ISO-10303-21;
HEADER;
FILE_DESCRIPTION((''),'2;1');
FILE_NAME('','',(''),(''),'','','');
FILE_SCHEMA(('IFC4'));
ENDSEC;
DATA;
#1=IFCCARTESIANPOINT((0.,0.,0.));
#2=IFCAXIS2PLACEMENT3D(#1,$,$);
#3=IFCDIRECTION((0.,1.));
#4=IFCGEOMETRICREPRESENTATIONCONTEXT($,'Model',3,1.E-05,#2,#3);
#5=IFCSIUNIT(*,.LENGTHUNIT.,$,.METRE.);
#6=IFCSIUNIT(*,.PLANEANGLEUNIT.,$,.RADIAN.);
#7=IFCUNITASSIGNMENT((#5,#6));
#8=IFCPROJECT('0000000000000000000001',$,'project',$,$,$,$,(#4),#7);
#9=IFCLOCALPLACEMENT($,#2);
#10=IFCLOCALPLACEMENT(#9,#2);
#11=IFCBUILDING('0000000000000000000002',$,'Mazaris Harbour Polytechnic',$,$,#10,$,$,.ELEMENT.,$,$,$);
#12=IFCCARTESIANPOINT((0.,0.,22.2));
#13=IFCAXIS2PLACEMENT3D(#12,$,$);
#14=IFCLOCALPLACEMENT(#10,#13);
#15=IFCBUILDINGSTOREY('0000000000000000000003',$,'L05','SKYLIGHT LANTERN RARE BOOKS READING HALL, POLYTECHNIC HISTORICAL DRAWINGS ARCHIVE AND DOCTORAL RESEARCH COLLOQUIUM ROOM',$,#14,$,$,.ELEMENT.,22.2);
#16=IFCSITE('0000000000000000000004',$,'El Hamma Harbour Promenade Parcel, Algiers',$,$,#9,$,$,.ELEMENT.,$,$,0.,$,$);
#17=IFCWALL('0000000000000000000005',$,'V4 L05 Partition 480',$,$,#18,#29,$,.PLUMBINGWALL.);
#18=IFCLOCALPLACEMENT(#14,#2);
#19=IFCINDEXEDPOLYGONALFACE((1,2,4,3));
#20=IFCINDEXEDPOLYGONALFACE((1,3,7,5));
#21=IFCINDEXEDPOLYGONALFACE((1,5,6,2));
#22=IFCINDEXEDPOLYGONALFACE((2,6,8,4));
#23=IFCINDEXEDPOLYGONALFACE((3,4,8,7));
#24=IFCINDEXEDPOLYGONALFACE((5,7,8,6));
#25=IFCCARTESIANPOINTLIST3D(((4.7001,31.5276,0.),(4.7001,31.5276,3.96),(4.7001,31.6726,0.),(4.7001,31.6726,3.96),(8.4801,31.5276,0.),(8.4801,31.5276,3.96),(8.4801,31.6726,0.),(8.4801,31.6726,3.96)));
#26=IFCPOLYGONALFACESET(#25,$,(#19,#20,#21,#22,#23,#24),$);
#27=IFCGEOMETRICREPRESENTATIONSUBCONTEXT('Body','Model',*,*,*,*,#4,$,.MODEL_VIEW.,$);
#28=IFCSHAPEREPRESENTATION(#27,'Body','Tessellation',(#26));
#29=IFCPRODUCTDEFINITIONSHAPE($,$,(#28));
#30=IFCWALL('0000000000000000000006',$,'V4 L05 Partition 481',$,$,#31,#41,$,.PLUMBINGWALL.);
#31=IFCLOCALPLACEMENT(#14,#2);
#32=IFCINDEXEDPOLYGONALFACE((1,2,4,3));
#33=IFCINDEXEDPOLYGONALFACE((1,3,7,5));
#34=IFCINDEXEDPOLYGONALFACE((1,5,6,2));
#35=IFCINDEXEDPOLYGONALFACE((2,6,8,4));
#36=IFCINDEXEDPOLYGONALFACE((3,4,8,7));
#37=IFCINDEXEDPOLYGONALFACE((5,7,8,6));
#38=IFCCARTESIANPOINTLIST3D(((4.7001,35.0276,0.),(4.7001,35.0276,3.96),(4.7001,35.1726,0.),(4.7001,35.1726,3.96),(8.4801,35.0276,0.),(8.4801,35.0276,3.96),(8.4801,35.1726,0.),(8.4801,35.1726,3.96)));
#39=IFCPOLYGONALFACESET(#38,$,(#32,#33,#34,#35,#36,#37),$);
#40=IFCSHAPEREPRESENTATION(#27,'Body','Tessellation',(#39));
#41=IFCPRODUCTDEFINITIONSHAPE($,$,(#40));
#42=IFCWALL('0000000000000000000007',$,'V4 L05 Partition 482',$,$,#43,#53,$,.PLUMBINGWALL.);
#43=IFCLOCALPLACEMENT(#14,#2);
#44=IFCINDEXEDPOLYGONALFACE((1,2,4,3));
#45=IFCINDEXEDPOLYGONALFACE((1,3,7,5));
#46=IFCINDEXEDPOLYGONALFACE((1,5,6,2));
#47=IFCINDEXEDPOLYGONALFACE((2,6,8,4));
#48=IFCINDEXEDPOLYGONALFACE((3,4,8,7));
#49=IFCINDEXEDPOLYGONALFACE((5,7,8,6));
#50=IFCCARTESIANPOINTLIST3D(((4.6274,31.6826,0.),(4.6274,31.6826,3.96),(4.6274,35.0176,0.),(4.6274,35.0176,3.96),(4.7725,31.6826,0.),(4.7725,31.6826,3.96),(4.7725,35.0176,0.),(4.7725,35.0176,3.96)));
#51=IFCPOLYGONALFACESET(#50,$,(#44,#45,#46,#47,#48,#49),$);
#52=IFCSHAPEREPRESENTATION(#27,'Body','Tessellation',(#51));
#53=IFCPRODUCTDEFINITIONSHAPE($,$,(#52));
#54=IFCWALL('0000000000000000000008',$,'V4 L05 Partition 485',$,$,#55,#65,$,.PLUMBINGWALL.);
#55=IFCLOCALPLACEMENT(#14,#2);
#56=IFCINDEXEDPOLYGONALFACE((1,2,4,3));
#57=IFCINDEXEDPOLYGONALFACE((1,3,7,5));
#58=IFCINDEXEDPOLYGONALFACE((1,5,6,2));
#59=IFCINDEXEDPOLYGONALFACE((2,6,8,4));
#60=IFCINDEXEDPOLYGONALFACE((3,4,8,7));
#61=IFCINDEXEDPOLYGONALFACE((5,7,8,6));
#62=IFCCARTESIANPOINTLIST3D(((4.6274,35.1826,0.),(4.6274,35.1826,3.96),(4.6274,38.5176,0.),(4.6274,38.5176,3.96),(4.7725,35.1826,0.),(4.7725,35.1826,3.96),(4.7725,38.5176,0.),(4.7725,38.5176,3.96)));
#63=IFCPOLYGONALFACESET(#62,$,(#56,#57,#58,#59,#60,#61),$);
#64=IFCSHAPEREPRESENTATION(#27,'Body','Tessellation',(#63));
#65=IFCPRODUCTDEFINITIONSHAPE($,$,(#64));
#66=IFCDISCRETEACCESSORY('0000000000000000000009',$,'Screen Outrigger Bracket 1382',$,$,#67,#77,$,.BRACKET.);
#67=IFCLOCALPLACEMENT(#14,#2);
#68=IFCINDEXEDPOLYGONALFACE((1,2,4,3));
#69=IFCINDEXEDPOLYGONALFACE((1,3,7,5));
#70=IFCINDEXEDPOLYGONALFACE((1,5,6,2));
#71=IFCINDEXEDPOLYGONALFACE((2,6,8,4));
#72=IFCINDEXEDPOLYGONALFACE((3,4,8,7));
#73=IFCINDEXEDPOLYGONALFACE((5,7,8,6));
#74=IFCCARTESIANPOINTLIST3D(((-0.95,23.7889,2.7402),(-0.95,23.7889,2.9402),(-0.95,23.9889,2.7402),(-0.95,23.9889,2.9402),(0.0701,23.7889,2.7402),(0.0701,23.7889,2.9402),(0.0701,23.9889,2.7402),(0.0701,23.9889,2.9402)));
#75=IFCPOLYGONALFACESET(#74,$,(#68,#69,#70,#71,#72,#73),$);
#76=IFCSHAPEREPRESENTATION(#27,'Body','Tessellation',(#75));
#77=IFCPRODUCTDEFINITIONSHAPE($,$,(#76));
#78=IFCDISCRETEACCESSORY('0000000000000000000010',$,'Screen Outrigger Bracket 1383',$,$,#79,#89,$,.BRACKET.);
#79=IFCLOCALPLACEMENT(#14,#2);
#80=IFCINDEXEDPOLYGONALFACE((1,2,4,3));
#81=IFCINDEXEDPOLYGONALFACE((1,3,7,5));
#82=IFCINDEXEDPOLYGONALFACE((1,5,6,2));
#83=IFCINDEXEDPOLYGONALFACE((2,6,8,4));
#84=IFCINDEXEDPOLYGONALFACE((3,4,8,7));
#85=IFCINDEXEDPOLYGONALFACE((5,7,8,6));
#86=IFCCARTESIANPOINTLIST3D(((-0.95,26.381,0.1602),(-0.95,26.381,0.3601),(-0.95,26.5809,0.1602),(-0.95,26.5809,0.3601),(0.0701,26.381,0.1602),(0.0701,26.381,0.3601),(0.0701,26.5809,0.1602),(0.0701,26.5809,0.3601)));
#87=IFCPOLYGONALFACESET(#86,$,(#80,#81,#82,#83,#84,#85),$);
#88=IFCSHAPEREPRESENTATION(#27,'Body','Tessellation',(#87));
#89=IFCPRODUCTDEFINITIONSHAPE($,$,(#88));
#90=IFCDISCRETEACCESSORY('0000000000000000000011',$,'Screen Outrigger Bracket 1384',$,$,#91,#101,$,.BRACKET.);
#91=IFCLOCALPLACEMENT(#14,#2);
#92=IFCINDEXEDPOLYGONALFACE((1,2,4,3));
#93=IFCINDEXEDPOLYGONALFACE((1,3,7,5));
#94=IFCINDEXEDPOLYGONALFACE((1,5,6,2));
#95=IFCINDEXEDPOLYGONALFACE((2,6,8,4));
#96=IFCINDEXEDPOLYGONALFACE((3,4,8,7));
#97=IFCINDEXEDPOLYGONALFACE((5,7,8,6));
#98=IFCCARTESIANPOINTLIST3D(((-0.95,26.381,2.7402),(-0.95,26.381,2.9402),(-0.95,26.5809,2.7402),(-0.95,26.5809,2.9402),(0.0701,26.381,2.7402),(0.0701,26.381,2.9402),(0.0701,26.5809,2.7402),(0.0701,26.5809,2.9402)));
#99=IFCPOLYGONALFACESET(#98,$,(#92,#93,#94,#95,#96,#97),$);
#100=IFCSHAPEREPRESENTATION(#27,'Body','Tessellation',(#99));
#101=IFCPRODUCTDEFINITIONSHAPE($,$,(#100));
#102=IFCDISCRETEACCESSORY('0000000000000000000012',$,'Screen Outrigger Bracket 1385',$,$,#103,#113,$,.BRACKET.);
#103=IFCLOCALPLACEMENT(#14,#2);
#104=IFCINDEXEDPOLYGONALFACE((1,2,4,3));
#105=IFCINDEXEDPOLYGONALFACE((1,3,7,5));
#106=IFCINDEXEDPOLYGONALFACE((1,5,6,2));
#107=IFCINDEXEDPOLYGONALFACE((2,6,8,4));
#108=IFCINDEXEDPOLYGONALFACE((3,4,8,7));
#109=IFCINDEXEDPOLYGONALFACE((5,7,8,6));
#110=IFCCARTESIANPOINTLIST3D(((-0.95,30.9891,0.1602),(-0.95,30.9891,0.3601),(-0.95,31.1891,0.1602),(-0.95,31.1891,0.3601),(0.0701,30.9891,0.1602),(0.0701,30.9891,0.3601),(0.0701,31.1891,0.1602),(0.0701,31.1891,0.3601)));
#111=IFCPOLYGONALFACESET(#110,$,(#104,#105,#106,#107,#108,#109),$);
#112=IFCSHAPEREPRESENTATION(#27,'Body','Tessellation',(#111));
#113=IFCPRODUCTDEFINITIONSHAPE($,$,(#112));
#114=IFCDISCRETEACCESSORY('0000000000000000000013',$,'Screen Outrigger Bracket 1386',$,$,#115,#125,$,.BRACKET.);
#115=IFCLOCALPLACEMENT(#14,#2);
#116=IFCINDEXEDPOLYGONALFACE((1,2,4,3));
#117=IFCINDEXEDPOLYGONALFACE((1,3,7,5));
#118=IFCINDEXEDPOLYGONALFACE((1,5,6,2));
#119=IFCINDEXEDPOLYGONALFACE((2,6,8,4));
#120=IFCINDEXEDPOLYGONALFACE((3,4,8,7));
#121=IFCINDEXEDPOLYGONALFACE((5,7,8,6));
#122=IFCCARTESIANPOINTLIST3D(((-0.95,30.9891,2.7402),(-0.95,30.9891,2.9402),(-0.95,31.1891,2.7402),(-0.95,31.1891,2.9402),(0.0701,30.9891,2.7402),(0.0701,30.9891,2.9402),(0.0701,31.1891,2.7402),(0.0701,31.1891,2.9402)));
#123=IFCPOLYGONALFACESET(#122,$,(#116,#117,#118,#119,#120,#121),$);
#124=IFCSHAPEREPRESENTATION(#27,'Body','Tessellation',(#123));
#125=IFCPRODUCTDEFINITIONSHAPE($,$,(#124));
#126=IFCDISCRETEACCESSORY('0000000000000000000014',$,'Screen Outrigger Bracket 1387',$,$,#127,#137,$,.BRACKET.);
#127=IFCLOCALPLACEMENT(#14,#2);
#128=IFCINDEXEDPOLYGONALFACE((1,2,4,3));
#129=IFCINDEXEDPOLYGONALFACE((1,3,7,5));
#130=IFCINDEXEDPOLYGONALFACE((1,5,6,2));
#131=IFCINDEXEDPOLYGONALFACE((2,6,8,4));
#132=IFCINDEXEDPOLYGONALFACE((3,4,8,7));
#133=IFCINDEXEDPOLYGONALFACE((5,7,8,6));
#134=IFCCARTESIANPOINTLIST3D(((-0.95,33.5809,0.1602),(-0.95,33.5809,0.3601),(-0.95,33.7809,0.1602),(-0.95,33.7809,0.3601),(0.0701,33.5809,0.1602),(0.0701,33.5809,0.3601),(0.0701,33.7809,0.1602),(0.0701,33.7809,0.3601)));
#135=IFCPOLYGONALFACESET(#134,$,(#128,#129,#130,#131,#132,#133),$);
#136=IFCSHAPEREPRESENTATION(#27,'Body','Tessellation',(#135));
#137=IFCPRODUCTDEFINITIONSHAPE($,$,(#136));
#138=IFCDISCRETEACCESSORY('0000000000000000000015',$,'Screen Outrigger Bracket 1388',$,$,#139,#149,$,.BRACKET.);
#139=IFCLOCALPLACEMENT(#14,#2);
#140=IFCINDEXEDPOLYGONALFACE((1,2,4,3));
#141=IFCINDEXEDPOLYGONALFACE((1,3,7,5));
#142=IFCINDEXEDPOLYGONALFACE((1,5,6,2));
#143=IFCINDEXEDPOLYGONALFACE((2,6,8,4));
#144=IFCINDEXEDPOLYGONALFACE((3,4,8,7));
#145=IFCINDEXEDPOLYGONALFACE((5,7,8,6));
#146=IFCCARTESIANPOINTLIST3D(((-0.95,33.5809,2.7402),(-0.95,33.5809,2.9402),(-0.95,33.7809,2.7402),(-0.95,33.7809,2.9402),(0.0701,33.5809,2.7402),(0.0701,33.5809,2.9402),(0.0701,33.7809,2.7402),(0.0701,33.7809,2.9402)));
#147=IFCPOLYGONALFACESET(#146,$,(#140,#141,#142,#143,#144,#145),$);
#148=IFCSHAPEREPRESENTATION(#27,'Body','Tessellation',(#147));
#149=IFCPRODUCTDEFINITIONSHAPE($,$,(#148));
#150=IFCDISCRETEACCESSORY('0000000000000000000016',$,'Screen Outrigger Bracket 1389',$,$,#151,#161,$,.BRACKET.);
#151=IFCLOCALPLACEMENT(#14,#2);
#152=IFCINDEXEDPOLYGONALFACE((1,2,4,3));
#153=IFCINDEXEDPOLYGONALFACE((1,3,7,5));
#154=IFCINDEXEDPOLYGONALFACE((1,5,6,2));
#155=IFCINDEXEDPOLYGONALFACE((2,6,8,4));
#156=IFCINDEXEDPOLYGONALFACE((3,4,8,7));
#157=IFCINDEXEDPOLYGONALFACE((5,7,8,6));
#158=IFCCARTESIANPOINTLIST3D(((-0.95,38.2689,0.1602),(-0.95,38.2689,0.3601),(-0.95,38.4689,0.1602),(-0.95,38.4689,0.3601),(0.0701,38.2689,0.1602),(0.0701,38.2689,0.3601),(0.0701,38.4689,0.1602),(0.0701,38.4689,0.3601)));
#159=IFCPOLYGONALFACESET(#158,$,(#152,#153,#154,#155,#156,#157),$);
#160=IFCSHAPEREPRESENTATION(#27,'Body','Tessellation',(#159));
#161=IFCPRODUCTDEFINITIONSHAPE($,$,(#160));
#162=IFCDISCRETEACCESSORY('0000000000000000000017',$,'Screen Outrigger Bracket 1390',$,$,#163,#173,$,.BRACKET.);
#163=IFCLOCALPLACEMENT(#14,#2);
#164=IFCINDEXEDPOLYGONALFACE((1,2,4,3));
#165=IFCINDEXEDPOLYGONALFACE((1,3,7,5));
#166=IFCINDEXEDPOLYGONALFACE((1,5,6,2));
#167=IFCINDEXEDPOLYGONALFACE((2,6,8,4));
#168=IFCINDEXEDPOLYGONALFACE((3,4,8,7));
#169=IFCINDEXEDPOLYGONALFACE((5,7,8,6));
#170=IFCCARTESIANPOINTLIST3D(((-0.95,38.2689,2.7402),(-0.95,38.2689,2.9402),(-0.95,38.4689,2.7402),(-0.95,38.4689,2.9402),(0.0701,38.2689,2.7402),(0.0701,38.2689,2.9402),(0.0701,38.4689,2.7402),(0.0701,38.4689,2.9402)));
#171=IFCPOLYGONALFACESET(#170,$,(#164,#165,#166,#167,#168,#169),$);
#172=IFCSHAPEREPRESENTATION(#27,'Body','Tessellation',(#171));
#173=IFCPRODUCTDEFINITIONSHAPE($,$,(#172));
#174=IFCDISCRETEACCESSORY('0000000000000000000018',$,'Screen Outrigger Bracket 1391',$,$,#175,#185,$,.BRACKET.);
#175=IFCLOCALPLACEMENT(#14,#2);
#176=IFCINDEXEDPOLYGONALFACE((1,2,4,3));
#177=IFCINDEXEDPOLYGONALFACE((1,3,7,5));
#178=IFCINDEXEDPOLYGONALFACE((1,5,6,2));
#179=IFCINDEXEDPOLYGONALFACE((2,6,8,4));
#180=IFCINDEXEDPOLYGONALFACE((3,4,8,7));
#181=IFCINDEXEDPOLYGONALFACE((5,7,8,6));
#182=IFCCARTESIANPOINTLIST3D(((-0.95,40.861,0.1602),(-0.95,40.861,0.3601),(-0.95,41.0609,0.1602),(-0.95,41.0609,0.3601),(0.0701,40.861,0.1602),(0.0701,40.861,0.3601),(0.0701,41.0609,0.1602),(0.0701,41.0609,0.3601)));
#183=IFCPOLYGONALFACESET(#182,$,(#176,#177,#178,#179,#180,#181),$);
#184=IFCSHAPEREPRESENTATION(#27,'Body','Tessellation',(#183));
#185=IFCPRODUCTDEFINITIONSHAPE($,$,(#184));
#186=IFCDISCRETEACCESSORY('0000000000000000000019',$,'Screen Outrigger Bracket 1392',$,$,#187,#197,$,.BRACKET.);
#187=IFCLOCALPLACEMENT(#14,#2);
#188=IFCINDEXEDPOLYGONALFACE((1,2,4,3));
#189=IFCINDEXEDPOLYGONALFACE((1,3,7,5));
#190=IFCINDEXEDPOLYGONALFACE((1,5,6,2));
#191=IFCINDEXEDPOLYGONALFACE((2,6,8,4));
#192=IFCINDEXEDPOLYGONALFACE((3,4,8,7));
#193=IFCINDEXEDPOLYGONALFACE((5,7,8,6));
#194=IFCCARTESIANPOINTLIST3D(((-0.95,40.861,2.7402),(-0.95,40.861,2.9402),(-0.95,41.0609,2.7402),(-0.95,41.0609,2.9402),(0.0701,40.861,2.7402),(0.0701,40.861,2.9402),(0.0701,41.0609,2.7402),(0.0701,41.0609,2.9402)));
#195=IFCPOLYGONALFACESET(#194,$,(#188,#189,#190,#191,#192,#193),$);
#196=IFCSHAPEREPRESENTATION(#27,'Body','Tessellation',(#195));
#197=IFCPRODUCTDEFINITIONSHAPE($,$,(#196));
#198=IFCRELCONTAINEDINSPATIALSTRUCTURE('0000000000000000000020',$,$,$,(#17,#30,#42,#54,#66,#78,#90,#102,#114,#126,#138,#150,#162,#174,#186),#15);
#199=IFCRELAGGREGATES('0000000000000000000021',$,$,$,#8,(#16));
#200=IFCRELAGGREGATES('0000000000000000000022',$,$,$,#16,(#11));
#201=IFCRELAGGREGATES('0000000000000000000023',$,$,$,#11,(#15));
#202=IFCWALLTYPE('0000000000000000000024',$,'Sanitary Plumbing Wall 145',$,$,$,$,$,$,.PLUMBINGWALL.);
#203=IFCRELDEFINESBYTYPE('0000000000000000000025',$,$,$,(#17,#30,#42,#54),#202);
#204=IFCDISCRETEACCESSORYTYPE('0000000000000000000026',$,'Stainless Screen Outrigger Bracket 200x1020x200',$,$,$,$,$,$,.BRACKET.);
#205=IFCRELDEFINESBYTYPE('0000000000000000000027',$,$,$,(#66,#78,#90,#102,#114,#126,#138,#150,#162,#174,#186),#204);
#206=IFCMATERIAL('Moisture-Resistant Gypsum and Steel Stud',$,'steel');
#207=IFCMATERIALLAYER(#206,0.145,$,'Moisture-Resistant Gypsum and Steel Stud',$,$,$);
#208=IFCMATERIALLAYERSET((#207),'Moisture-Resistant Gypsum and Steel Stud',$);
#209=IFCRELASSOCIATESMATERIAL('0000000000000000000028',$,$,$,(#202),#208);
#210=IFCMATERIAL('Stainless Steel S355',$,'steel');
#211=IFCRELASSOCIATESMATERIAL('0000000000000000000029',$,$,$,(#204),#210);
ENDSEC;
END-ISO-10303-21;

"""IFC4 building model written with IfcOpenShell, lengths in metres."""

from ifc_helpers import new_model, si_unit, direction, frame, frame_2d, origin, origin_2d, place, context, subcontext, project, spatial, rectangle, extrude, material, layer, layer_set, type_object, element, save


model = new_model("IFC4")

# Units and contexts
model_context = context("Model", 3, precision=1e-05, world=origin(), true_north=direction((0.0, 1.0)))
body_context = subcontext(model_context, "Body", "Model", "MODEL_VIEW")
ifc_project = project(units=[si_unit("LENGTHUNIT", "METRE"), si_unit("PLANEANGLEUNIT", "RADIAN")], contexts=[model_context])

# Site, building, storey
site_placement = place(None, origin())
site = spatial("IfcSite", under=ifc_project, at=site_placement, Name="El Hamma Harbour Promenade Parcel, Algiers", CompositionType="ELEMENT", RefElevation=0.0)
building_placement = place(site_placement, origin())
building = spatial("IfcBuilding", under=site, at=building_placement, Name="Mazaris Harbour Polytechnic", CompositionType="ELEMENT")
storey_placement = place(building_placement, frame((0.0, 0.0, 22.2)))
storey = spatial("IfcBuildingStorey", under=building, at=storey_placement, Name="L05", Description="SKYLIGHT LANTERN RARE BOOKS READING HALL, POLYTECHNIC HISTORICAL DRAWINGS ARCHIVE AND DOCTORAL RESEARCH COLLOQUIUM ROOM", CompositionType="ELEMENT", Elevation=22.2)

# Walls
ifc_material_1 = material(Name="Moisture-Resistant Gypsum and Steel Stud", Category="steel")
ifc_layer_1 = layer(ifc_material_1, 0.145, Name="Moisture-Resistant Gypsum and Steel Stud")
ifc_layer_set_1 = layer_set([ifc_layer_1], Name="Moisture-Resistant Gypsum and Steel Stud")
wall_type_1 = type_object("IfcWallType", Name="Sanitary Plumbing Wall 145", PredefinedType="PLUMBINGWALL", material=ifc_layer_set_1)
for number, where, z_axis, x_axis, name in (
    (1, (4.7, 31.6001, 0.0), (0.0, 0.0, 1.0), (1.0, 0.0, 0.0), "V4 L05 Partition 480"),
    (2, (4.7, 35.1001, 0.0), (0.0, 0.0, 1.0), (1.0, 0.0, 0.0), "V4 L05 Partition 481"),
):
    element("IfcWall", number, at=place(storey_placement, frame(where, z_axis=z_axis, x_axis=x_axis)), inside=storey, type_object=wall_type_1, Name=name, PredefinedType="PLUMBINGWALL", context=body_context, shape_type="SweptSolid", body=[
        extrude(rectangle(XDim=3.78, YDim=0.145, at=frame_2d((1.8901, 0.0))), origin(), (0.0, 0.0, 1.0), 3.96),
    ])
for number, where, z_axis, x_axis, name in (
    (3, (4.7, 31.6826, 0.0), (0.0, 0.0, 1.0), (0.0, 1.0, 0.0), "V4 L05 Partition 482"),
    (4, (4.7, 35.1826, 0.0), (0.0, 0.0, 1.0), (0.0, 1.0, 0.0), "V4 L05 Partition 485"),
):
    element("IfcWall", number, at=place(storey_placement, frame(where, z_axis=z_axis, x_axis=x_axis)), inside=storey, type_object=wall_type_1, Name=name, PredefinedType="PLUMBINGWALL", context=body_context, shape_type="SweptSolid", body=[
        extrude(rectangle(XDim=3.335, YDim=0.145, at=frame_2d((1.6675, 0.0))), origin(), (0.0, 0.0, 1.0), 3.96),
    ])

# Discrete accessories
ifc_material_2 = material(Name="Stainless Steel S355", Category="steel")
discrete_accessory_type = type_object("IfcDiscreteAccessoryType", Name="Stainless Screen Outrigger Bracket 200x1020x200", PredefinedType="BRACKET", material=ifc_material_2)
for number, where, z_axis, x_axis, name in (
    (5, (-0.4399, 23.8889, 2.7402), (0.0, 0.0, 1.0), (0.0, 1.0, 0.0), "Screen Outrigger Bracket 1382"),
    (6, (-0.4399, 26.481, 0.1602), (0.0, 0.0, 1.0), (0.0, 1.0, 0.0), "Screen Outrigger Bracket 1383"),
    (7, (-0.4399, 26.481, 2.7402), (0.0, 0.0, 1.0), (0.0, 1.0, 0.0), "Screen Outrigger Bracket 1384"),
    (8, (-0.4399, 31.0891, 0.1602), (0.0, 0.0, 1.0), (0.0, 1.0, 0.0), "Screen Outrigger Bracket 1385"),
    (9, (-0.4399, 31.0891, 2.7402), (0.0, 0.0, 1.0), (0.0, 1.0, 0.0), "Screen Outrigger Bracket 1386"),
    (10, (-0.4399, 33.6809, 0.1602), (0.0, 0.0, 1.0), (0.0, 1.0, 0.0), "Screen Outrigger Bracket 1387"),
    (11, (-0.4399, 33.6809, 2.7402), (0.0, 0.0, 1.0), (0.0, 1.0, 0.0), "Screen Outrigger Bracket 1388"),
    (12, (-0.4399, 38.3689, 0.1602), (0.0, 0.0, 1.0), (0.0, 1.0, 0.0), "Screen Outrigger Bracket 1389"),
    (13, (-0.4399, 38.3689, 2.7402), (0.0, 0.0, 1.0), (0.0, 1.0, 0.0), "Screen Outrigger Bracket 1390"),
    (14, (-0.4399, 40.9609, 0.1602), (0.0, 0.0, 1.0), (0.0, 1.0, 0.0), "Screen Outrigger Bracket 1391"),
    (15, (-0.4399, 40.9609, 2.7402), (0.0, 0.0, 1.0), (0.0, 1.0, 0.0), "Screen Outrigger Bracket 1392"),
):
    element("IfcDiscreteAccessory", number, at=place(storey_placement, frame(where, z_axis=z_axis, x_axis=x_axis)), inside=storey, type_object=discrete_accessory_type, Name=name, PredefinedType="BRACKET", context=body_context, shape_type="SweptSolid", body=[
        extrude(rectangle(XDim=0.2, YDim=1.02, at=origin_2d()), origin(), (0.0, 0.0, 1.0), 0.2),
    ])

save(model, "model.ifc")
